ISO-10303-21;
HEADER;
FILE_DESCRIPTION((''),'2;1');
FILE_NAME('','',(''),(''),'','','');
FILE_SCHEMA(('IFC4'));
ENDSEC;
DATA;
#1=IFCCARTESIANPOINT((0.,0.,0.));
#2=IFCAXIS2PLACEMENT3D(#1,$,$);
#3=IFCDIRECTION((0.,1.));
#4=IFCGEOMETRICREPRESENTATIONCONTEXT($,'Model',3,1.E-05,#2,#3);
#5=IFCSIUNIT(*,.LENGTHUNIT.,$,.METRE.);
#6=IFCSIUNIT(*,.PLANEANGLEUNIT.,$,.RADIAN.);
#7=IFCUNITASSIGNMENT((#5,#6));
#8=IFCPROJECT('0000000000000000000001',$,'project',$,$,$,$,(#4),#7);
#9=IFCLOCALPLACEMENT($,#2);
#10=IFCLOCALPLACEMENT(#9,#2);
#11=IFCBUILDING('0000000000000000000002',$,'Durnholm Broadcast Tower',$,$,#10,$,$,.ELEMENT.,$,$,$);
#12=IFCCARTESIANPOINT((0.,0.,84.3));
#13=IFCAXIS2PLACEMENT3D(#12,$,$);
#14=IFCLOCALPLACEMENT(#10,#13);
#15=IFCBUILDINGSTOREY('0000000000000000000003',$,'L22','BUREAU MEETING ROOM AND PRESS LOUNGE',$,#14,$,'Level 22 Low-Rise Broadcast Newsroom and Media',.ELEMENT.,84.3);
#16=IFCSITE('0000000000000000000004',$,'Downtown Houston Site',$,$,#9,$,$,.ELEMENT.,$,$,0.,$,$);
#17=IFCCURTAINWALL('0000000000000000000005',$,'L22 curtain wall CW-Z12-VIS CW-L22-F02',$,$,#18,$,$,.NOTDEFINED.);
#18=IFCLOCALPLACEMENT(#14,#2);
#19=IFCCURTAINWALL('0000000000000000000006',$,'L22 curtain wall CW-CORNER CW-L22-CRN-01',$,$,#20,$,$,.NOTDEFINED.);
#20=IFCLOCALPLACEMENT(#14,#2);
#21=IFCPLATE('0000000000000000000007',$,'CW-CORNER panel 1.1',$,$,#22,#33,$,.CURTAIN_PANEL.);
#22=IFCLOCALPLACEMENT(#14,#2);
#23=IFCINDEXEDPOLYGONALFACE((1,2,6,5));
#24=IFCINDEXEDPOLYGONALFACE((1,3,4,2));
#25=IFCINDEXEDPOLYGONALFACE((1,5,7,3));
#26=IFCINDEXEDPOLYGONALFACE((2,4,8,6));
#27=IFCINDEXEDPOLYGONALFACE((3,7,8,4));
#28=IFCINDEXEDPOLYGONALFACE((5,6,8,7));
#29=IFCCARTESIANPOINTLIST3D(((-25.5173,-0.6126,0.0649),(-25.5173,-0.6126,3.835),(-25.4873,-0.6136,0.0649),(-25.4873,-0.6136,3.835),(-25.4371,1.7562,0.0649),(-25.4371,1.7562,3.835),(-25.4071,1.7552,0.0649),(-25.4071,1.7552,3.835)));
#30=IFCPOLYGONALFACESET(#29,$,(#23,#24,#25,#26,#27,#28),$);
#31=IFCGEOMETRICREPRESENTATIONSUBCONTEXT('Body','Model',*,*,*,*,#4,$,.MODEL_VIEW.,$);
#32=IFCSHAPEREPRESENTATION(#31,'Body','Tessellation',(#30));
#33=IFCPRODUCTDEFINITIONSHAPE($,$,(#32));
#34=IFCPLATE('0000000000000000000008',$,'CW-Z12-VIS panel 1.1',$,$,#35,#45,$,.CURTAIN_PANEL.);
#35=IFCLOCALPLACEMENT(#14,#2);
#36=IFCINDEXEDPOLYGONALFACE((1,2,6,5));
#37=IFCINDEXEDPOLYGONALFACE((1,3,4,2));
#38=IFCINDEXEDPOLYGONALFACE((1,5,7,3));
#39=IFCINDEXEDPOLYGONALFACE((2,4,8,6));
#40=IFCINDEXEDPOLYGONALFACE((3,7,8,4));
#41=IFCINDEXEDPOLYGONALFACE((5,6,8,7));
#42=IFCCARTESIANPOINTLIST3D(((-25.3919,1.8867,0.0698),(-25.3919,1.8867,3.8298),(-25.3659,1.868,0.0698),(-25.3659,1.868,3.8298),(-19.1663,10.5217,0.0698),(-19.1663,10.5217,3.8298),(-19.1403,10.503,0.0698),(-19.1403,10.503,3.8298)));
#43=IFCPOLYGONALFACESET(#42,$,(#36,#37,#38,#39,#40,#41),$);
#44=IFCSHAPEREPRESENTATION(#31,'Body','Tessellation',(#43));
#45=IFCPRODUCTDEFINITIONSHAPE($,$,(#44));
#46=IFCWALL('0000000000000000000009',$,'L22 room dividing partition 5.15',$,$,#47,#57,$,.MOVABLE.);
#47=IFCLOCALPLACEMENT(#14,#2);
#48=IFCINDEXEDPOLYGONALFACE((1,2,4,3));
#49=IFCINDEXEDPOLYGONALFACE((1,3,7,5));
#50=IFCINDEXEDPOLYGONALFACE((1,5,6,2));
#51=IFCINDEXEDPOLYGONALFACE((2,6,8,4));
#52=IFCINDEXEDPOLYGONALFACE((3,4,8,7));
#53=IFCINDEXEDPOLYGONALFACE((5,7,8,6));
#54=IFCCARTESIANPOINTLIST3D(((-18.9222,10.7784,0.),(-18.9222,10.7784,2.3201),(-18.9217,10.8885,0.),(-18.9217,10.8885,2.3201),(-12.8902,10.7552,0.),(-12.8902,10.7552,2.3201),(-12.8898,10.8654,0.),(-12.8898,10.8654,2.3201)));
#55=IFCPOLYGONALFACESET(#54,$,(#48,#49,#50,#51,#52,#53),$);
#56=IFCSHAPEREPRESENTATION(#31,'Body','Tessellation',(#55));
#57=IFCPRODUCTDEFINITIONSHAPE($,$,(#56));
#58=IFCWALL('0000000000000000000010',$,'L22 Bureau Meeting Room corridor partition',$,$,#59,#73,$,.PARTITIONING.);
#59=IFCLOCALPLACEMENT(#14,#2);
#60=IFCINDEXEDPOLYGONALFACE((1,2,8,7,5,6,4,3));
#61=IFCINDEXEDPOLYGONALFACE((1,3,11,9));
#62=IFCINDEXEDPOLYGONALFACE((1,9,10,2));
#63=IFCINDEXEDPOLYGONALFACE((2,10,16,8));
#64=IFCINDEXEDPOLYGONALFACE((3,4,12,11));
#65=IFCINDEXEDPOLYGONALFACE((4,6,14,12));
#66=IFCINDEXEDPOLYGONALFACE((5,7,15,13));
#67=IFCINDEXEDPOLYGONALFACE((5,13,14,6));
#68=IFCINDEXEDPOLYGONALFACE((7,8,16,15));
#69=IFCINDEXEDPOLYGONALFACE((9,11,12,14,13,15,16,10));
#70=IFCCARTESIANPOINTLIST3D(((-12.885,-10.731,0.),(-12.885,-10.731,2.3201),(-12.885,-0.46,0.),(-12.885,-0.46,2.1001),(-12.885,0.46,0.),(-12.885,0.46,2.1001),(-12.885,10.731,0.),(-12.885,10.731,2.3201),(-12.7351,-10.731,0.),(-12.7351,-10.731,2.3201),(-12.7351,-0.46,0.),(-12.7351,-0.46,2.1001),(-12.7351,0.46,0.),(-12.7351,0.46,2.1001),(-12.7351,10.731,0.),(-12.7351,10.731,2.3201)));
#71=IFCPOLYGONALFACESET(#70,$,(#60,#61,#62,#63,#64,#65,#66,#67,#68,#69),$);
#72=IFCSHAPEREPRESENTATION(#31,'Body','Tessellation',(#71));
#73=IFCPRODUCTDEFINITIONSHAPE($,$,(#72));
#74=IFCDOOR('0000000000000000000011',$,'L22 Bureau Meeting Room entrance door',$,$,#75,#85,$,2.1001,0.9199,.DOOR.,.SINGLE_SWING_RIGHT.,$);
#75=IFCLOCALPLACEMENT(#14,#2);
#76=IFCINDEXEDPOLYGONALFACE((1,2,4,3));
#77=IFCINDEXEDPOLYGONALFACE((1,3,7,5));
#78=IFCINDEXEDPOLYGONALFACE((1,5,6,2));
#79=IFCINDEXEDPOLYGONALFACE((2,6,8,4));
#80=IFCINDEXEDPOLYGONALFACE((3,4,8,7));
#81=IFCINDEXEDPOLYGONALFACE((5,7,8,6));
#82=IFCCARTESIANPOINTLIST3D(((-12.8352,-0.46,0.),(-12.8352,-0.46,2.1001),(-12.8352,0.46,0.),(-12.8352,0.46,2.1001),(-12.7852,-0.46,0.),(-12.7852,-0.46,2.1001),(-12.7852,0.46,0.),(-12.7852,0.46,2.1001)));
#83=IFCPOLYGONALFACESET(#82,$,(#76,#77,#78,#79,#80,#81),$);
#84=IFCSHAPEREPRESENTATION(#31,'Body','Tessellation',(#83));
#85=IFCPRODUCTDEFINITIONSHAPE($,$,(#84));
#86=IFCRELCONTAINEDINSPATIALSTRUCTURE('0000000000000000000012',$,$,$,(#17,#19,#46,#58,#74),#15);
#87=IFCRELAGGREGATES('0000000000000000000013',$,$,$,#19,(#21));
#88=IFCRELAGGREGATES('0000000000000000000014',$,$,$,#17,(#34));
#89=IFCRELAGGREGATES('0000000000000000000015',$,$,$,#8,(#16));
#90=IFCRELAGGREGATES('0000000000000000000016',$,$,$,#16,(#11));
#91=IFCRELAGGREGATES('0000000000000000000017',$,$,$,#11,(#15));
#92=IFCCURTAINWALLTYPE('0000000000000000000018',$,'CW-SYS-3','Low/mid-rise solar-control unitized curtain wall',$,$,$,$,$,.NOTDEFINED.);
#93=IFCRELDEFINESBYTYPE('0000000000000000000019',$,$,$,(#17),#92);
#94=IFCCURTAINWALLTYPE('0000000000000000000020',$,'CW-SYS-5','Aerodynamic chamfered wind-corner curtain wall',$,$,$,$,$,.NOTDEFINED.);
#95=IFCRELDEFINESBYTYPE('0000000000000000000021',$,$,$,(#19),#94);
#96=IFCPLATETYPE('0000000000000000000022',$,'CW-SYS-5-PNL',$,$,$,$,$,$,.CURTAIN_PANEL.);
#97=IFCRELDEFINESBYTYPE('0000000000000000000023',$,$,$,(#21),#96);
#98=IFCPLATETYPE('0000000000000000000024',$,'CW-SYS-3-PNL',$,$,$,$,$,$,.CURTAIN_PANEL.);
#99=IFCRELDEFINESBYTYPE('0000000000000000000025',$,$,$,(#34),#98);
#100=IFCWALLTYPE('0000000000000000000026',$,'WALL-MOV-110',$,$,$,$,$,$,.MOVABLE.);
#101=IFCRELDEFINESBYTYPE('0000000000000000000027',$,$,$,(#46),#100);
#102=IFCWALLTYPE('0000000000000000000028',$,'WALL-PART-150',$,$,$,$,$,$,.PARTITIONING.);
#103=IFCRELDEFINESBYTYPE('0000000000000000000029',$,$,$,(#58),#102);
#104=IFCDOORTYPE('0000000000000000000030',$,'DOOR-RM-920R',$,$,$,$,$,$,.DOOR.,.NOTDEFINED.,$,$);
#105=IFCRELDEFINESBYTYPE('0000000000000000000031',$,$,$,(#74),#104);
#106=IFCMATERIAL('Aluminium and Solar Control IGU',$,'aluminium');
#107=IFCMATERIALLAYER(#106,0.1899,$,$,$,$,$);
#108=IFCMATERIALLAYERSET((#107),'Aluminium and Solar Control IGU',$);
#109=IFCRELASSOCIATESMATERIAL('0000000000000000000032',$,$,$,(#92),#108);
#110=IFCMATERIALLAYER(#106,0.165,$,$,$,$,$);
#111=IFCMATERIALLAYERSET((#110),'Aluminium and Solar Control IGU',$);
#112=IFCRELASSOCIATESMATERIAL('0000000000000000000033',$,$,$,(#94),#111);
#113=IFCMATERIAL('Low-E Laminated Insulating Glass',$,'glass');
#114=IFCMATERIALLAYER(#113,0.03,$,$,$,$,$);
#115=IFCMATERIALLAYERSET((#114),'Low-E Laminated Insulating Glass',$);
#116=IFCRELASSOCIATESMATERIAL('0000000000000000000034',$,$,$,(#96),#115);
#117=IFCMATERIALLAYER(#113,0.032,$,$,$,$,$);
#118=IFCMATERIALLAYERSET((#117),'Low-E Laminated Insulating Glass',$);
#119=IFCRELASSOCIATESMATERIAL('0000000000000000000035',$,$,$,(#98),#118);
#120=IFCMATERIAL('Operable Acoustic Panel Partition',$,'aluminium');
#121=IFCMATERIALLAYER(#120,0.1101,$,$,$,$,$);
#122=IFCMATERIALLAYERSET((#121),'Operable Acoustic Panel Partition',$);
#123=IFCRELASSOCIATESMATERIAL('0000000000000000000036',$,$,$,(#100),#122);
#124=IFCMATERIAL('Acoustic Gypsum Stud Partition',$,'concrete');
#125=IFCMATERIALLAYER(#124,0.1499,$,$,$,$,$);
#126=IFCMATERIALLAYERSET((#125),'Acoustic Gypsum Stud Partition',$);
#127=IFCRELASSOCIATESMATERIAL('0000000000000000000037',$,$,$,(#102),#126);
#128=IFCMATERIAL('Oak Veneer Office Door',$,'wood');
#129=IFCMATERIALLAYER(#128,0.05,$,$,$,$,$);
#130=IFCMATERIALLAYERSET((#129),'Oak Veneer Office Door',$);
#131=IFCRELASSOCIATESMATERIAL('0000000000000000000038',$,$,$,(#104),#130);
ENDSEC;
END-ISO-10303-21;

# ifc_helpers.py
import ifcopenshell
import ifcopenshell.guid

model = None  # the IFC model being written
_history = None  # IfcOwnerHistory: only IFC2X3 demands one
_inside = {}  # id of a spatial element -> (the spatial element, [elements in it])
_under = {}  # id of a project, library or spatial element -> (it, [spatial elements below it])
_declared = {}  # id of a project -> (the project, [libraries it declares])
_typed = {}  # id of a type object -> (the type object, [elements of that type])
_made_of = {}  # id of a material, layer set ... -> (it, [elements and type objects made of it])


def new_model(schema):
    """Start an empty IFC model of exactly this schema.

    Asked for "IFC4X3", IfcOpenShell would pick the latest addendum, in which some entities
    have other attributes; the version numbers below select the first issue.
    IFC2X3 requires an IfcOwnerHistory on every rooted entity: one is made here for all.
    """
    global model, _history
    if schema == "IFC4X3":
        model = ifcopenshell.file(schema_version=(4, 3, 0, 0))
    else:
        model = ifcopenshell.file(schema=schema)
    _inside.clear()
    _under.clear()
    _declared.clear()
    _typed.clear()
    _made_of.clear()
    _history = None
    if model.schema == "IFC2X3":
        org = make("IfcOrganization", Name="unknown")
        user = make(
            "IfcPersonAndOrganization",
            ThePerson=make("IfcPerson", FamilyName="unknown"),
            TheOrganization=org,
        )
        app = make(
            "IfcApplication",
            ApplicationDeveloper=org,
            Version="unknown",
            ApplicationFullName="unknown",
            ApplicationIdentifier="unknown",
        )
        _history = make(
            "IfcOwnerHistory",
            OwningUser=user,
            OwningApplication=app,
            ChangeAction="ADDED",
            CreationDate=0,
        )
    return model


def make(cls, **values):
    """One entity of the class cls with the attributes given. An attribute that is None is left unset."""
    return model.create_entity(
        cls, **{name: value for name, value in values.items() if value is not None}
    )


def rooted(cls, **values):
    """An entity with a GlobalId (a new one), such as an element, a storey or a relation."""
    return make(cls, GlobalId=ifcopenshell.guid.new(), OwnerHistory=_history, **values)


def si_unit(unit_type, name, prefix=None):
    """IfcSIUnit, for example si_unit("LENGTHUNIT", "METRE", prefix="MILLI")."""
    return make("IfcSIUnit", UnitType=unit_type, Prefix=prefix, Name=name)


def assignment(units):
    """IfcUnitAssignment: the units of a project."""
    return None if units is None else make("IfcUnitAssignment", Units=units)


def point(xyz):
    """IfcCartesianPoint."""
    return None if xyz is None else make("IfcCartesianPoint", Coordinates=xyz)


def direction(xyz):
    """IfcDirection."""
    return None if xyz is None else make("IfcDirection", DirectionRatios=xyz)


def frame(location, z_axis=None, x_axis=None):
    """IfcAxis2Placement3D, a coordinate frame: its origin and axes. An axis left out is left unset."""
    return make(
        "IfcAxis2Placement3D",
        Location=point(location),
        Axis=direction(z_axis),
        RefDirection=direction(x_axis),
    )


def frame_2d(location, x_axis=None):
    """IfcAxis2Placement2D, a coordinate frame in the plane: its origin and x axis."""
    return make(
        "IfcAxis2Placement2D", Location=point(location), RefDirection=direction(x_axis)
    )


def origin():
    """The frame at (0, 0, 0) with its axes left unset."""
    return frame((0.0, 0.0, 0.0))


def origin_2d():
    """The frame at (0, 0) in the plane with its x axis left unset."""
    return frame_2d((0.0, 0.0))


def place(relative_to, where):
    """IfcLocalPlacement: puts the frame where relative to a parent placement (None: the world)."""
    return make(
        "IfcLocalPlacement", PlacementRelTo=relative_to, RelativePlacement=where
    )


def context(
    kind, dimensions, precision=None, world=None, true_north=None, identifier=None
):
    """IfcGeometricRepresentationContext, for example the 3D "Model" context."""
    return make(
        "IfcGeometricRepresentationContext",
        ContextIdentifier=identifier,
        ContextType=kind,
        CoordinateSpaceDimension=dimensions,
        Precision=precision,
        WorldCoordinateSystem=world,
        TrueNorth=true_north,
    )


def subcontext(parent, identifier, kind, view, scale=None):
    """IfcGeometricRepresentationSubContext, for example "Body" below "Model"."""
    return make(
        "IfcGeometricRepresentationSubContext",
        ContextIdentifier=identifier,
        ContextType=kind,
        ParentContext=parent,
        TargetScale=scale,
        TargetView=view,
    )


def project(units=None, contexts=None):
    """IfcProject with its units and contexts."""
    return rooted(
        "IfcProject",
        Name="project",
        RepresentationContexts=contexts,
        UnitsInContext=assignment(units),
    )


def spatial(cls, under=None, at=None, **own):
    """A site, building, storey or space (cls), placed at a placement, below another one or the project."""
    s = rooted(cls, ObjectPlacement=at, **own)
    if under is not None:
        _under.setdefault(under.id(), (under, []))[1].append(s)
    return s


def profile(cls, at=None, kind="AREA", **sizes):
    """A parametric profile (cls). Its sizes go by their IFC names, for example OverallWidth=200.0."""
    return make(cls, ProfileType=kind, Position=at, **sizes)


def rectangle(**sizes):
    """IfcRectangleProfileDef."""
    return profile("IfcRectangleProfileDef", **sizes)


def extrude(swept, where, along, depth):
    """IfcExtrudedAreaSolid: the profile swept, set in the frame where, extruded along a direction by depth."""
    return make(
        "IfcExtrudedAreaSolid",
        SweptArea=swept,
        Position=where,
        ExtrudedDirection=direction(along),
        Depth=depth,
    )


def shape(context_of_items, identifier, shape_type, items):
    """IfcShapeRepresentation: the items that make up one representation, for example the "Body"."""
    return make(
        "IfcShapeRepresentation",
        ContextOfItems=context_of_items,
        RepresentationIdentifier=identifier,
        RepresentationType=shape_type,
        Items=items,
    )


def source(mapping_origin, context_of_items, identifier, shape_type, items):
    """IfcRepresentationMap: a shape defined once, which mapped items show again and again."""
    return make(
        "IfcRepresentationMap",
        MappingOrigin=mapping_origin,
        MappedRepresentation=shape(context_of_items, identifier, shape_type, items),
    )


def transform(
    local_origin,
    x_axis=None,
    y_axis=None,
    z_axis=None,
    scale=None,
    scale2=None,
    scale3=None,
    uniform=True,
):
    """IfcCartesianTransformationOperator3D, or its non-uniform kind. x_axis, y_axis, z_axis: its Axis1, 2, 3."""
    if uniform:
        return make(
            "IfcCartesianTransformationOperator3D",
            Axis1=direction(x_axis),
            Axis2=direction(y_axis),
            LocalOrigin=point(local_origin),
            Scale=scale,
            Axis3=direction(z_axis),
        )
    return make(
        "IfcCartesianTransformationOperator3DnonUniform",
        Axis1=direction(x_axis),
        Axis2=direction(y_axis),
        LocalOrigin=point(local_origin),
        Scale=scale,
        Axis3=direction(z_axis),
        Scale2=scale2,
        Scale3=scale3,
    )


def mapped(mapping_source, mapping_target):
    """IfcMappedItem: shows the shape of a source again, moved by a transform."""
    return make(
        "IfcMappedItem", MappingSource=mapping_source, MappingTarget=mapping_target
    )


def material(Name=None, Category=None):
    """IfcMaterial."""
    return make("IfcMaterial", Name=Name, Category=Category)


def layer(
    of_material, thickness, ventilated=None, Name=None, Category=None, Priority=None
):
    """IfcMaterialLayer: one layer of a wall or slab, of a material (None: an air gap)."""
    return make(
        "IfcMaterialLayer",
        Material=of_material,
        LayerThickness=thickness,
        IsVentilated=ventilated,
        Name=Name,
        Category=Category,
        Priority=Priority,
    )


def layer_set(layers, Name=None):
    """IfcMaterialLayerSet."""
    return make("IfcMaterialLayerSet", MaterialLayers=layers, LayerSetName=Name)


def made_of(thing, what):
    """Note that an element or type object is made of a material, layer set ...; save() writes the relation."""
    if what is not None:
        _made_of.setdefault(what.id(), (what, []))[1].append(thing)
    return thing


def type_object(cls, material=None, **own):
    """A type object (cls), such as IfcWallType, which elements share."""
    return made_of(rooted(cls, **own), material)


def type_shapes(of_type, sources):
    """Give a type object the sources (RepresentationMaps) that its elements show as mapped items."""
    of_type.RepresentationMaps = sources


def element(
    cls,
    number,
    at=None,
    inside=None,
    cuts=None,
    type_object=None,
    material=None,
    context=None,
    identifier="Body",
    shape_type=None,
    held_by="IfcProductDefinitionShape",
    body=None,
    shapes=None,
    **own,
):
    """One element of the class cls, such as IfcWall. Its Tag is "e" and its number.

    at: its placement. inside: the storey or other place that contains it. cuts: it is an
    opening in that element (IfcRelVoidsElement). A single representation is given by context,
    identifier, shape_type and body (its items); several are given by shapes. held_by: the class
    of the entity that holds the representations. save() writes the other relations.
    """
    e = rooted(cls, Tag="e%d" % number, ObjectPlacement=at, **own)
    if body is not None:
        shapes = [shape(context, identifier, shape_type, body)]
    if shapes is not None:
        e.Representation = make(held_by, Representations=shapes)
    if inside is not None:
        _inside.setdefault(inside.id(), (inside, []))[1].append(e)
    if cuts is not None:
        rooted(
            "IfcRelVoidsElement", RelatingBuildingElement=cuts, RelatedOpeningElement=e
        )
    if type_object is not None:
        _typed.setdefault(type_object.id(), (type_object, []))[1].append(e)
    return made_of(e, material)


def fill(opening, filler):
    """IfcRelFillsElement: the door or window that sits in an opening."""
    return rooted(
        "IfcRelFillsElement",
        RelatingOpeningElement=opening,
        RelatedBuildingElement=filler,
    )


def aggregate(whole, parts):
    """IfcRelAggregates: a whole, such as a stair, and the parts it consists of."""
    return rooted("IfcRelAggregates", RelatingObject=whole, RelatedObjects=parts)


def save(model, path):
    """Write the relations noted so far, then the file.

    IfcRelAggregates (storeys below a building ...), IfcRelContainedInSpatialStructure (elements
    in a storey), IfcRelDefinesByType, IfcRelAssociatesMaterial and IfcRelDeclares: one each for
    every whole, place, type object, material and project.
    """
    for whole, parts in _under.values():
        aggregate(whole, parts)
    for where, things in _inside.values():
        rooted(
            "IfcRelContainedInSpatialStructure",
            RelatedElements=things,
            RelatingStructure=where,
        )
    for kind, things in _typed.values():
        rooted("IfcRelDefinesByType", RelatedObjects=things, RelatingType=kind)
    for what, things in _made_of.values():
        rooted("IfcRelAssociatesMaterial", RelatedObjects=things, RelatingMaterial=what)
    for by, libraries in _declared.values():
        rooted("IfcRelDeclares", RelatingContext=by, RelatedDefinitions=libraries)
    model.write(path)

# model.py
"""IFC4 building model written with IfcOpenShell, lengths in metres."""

from ifc_helpers import new_model, si_unit, direction, frame, frame_2d, origin, origin_2d, place, context, subcontext, project, spatial, rectangle, extrude, source, transform, mapped, material, layer, layer_set, type_object, type_shapes, element, fill, aggregate, save


model = new_model("IFC4")

# Units and contexts
model_context = context("Model", 3, precision=1e-05, world=origin(), true_north=direction((0.0, 1.0)))
body_context = subcontext(model_context, "Body", "Model", "MODEL_VIEW")
ifc_project = project(units=[si_unit("LENGTHUNIT", "METRE"), si_unit("PLANEANGLEUNIT", "RADIAN")], contexts=[model_context])

# Site, building, storey
site_placement = place(None, origin())
site = spatial("IfcSite", under=ifc_project, at=site_placement, Name="Downtown Houston Site", CompositionType="ELEMENT", RefElevation=0.0)
building_placement = place(site_placement, origin())
building = spatial("IfcBuilding", under=site, at=building_placement, Name="Durnholm Broadcast Tower", CompositionType="ELEMENT")
storey_placement = place(building_placement, frame((0.0, 0.0, 84.3)))
storey = spatial("IfcBuildingStorey", under=building, at=storey_placement, Name="L22", Description="BUREAU MEETING ROOM AND PRESS LOUNGE", LongName="Level 22 Low-Rise Broadcast Newsroom and Media", CompositionType="ELEMENT", Elevation=84.3)

# Curtain wall
ifc_material_1 = material(Name="Aluminium and Solar Control IGU", Category="aluminium")
ifc_layer_1 = layer(ifc_material_1, 0.1899)
ifc_layer_set_1 = layer_set([ifc_layer_1], Name="Aluminium and Solar Control IGU")
curtain_wall_type_1 = type_object("IfcCurtainWallType", Name="CW-SYS-3", Description="Low/mid-rise solar-control unitized curtain wall", PredefinedType="NOTDEFINED", material=ifc_layer_set_1)
curtain_wall_1_placement = place(storey_placement, origin())
curtain_wall_1 = element("IfcCurtainWall", 1, at=curtain_wall_1_placement, inside=storey, type_object=curtain_wall_type_1, Name="L22 curtain wall CW-Z12-VIS CW-L22-F02", PredefinedType="NOTDEFINED")

# Curtain wall
ifc_layer_2 = layer(ifc_material_1, 0.165)
ifc_layer_set_2 = layer_set([ifc_layer_2], Name="Aluminium and Solar Control IGU")
curtain_wall_type_2 = type_object("IfcCurtainWallType", Name="CW-SYS-5", Description="Aerodynamic chamfered wind-corner curtain wall", PredefinedType="NOTDEFINED", material=ifc_layer_set_2)
curtain_wall_2_placement = place(storey_placement, origin())
curtain_wall_2 = element("IfcCurtainWall", 2, at=curtain_wall_2_placement, inside=storey, type_object=curtain_wall_type_2, Name="L22 curtain wall CW-CORNER CW-L22-CRN-01", PredefinedType="NOTDEFINED")

# Plates
ifc_material_2 = material(Name="Low-E Laminated Insulating Glass", Category="glass")
ifc_layer_3 = layer(ifc_material_2, 0.03)
ifc_layer_set_3 = layer_set([ifc_layer_3], Name="Low-E Laminated Insulating Glass")
plate_type_1 = type_object("IfcPlateType", Name="CW-SYS-5-PNL", PredefinedType="CURTAIN_PANEL", material=ifc_layer_set_3)
shared_shape_1 = source(origin(), body_context, "Body", "SweptSolid", [
    extrude(rectangle(XDim=2.3701, YDim=0.03, at=origin_2d()), origin(), (0.0, 0.0, 1.0), 3.77),
])
type_shapes(plate_type_1, [shared_shape_1])
plate_1_placement = place(storey_placement, frame((-25.4622, 0.5713, 0.0649), z_axis=(0.0, 0.0, 1.0), x_axis=(0.03384, 0.999427, 0.0)))
plate_1 = element("IfcPlate", 3, at=plate_1_placement, type_object=plate_type_1, Name="CW-CORNER panel 1.1", PredefinedType="CURTAIN_PANEL", context=body_context, shape_type="MappedRepresentation", body=[
    mapped(shared_shape_1, transform((0.0, 0.0, 0.0), x_axis=(1.0, 0.0, 0.0), y_axis=(0.0, 1.0, 0.0), z_axis=(0.0, 0.0, 1.0), scale=1.0)),
])
aggregate(curtain_wall_2, [plate_1])
ifc_layer_4 = layer(ifc_material_2, 0.032)
ifc_layer_set_4 = layer_set([ifc_layer_4], Name="Low-E Laminated Insulating Glass")
plate_type_2 = type_object("IfcPlateType", Name="CW-SYS-3-PNL", PredefinedType="CURTAIN_PANEL", material=ifc_layer_set_4)
shared_shape_2 = source(origin(), body_context, "Body", "SweptSolid", [
    extrude(rectangle(XDim=10.6453, YDim=0.032, at=origin_2d()), origin(), (0.0, 0.0, 1.0), 3.76),
])
type_shapes(plate_type_2, [shared_shape_2])
plate_2_placement = place(storey_placement, frame((-22.2661, 6.1948, 0.0698), z_axis=(0.0, 0.0, 1.0), x_axis=(0.584823, 0.811161, 0.0)))
plate_2 = element("IfcPlate", 4, at=plate_2_placement, type_object=plate_type_2, Name="CW-Z12-VIS panel 1.1", PredefinedType="CURTAIN_PANEL", context=body_context, shape_type="MappedRepresentation", body=[
    mapped(shared_shape_2, transform((0.0, 0.0, 0.0), x_axis=(1.0, 0.0, 0.0), y_axis=(0.0, 1.0, 0.0), z_axis=(0.0, 0.0, 1.0), scale=1.0)),
])
aggregate(curtain_wall_1, [plate_2])

# Wall
ifc_material_3 = material(Name="Operable Acoustic Panel Partition", Category="aluminium")
ifc_layer_5 = layer(ifc_material_3, 0.1101)
ifc_layer_set_5 = layer_set([ifc_layer_5], Name="Operable Acoustic Panel Partition")
wall_type_1 = type_object("IfcWallType", Name="WALL-MOV-110", PredefinedType="MOVABLE", material=ifc_layer_set_5)
wall_1_placement = place(storey_placement, frame((-12.8899, 10.8103, 0.0), z_axis=(0.0, 0.0, 1.0), x_axis=(-0.999993, 0.003845, 0.0)))
element("IfcWall", 5, at=wall_1_placement, inside=storey, type_object=wall_type_1, Name="L22 room dividing partition 5.15", PredefinedType="MOVABLE", context=body_context, shape_type="SweptSolid", body=[
    extrude(rectangle(XDim=6.032, YDim=0.1101, at=frame_2d((3.0161, 0.0))), origin(), (0.0, 0.0, 1.0), 2.3201),
])

# Wall, opening, door
ifc_material_4 = material(Name="Acoustic Gypsum Stud Partition", Category="concrete")
ifc_layer_6 = layer(ifc_material_4, 0.1499)
ifc_layer_set_6 = layer_set([ifc_layer_6], Name="Acoustic Gypsum Stud Partition")
wall_type_2 = type_object("IfcWallType", Name="WALL-PART-150", PredefinedType="PARTITIONING", material=ifc_layer_set_6)
wall_2_placement = place(storey_placement, frame((-12.8101, 10.731, 0.0), z_axis=(0.0, 0.0, 1.0), x_axis=(0.0, -1.0, 0.0)))
wall_2 = element("IfcWall", 6, at=wall_2_placement, inside=storey, type_object=wall_type_2, Name="L22 Bureau Meeting Room corridor partition", PredefinedType="PARTITIONING", context=body_context, shape_type="SweptSolid", body=[
    extrude(rectangle(XDim=21.4619, YDim=0.1499, at=frame_2d((10.731, 0.0))), origin(), (0.0, 0.0, 1.0), 2.3201),
])
opening_placement = place(wall_2_placement, frame((10.271, 0.0, 0.0)))
opening = element("IfcOpeningElement", 7, at=opening_placement, cuts=wall_2, PredefinedType="OPENING", context=body_context, shape_type="SweptSolid", body=[
    extrude(rectangle(XDim=0.9199, YDim=2.1001, at=frame_2d((0.46, 1.05))), frame((0.0, 0.085, 0.0), z_axis=(0.0, -1.0, 0.0), x_axis=(1.0, 0.0, 0.0)), (0.0, 0.0, 1.0), 0.1699),
])
ifc_material_5 = material(Name="Oak Veneer Office Door", Category="wood")
ifc_layer_7 = layer(ifc_material_5, 0.05)
ifc_layer_set_7 = layer_set([ifc_layer_7], Name="Oak Veneer Office Door")
door_type = type_object("IfcDoorType", Name="DOOR-RM-920R", OperationType="NOTDEFINED", PredefinedType="DOOR", material=ifc_layer_set_7)
shared_shape_3 = source(origin(), body_context, "Body", "SweptSolid", [
    extrude(rectangle(XDim=0.9199, YDim=2.1001, at=frame_2d((0.46, 1.05))), frame((0.0, 0.0249, 0.0), z_axis=(0.0, -1.0, 0.0), x_axis=(1.0, 0.0, 0.0)), (0.0, 0.0, 1.0), 0.05),
])
type_shapes(door_type, [shared_shape_3])
door_placement = place(opening_placement, origin())
door = element("IfcDoor", 8, at=door_placement, inside=storey, type_object=door_type, Name="L22 Bureau Meeting Room entrance door", OperationType="SINGLE_SWING_RIGHT", OverallHeight=2.1001, OverallWidth=0.9199, PredefinedType="DOOR", context=body_context, shape_type="MappedRepresentation", body=[
    mapped(shared_shape_3, transform((0.0, 0.0, 0.0), x_axis=(1.0, 0.0, 0.0), y_axis=(0.0, 1.0, 0.0), z_axis=(0.0, 0.0, 1.0), scale=1.0)),
])
fill(opening, door)

save(model, "model.ifc")
